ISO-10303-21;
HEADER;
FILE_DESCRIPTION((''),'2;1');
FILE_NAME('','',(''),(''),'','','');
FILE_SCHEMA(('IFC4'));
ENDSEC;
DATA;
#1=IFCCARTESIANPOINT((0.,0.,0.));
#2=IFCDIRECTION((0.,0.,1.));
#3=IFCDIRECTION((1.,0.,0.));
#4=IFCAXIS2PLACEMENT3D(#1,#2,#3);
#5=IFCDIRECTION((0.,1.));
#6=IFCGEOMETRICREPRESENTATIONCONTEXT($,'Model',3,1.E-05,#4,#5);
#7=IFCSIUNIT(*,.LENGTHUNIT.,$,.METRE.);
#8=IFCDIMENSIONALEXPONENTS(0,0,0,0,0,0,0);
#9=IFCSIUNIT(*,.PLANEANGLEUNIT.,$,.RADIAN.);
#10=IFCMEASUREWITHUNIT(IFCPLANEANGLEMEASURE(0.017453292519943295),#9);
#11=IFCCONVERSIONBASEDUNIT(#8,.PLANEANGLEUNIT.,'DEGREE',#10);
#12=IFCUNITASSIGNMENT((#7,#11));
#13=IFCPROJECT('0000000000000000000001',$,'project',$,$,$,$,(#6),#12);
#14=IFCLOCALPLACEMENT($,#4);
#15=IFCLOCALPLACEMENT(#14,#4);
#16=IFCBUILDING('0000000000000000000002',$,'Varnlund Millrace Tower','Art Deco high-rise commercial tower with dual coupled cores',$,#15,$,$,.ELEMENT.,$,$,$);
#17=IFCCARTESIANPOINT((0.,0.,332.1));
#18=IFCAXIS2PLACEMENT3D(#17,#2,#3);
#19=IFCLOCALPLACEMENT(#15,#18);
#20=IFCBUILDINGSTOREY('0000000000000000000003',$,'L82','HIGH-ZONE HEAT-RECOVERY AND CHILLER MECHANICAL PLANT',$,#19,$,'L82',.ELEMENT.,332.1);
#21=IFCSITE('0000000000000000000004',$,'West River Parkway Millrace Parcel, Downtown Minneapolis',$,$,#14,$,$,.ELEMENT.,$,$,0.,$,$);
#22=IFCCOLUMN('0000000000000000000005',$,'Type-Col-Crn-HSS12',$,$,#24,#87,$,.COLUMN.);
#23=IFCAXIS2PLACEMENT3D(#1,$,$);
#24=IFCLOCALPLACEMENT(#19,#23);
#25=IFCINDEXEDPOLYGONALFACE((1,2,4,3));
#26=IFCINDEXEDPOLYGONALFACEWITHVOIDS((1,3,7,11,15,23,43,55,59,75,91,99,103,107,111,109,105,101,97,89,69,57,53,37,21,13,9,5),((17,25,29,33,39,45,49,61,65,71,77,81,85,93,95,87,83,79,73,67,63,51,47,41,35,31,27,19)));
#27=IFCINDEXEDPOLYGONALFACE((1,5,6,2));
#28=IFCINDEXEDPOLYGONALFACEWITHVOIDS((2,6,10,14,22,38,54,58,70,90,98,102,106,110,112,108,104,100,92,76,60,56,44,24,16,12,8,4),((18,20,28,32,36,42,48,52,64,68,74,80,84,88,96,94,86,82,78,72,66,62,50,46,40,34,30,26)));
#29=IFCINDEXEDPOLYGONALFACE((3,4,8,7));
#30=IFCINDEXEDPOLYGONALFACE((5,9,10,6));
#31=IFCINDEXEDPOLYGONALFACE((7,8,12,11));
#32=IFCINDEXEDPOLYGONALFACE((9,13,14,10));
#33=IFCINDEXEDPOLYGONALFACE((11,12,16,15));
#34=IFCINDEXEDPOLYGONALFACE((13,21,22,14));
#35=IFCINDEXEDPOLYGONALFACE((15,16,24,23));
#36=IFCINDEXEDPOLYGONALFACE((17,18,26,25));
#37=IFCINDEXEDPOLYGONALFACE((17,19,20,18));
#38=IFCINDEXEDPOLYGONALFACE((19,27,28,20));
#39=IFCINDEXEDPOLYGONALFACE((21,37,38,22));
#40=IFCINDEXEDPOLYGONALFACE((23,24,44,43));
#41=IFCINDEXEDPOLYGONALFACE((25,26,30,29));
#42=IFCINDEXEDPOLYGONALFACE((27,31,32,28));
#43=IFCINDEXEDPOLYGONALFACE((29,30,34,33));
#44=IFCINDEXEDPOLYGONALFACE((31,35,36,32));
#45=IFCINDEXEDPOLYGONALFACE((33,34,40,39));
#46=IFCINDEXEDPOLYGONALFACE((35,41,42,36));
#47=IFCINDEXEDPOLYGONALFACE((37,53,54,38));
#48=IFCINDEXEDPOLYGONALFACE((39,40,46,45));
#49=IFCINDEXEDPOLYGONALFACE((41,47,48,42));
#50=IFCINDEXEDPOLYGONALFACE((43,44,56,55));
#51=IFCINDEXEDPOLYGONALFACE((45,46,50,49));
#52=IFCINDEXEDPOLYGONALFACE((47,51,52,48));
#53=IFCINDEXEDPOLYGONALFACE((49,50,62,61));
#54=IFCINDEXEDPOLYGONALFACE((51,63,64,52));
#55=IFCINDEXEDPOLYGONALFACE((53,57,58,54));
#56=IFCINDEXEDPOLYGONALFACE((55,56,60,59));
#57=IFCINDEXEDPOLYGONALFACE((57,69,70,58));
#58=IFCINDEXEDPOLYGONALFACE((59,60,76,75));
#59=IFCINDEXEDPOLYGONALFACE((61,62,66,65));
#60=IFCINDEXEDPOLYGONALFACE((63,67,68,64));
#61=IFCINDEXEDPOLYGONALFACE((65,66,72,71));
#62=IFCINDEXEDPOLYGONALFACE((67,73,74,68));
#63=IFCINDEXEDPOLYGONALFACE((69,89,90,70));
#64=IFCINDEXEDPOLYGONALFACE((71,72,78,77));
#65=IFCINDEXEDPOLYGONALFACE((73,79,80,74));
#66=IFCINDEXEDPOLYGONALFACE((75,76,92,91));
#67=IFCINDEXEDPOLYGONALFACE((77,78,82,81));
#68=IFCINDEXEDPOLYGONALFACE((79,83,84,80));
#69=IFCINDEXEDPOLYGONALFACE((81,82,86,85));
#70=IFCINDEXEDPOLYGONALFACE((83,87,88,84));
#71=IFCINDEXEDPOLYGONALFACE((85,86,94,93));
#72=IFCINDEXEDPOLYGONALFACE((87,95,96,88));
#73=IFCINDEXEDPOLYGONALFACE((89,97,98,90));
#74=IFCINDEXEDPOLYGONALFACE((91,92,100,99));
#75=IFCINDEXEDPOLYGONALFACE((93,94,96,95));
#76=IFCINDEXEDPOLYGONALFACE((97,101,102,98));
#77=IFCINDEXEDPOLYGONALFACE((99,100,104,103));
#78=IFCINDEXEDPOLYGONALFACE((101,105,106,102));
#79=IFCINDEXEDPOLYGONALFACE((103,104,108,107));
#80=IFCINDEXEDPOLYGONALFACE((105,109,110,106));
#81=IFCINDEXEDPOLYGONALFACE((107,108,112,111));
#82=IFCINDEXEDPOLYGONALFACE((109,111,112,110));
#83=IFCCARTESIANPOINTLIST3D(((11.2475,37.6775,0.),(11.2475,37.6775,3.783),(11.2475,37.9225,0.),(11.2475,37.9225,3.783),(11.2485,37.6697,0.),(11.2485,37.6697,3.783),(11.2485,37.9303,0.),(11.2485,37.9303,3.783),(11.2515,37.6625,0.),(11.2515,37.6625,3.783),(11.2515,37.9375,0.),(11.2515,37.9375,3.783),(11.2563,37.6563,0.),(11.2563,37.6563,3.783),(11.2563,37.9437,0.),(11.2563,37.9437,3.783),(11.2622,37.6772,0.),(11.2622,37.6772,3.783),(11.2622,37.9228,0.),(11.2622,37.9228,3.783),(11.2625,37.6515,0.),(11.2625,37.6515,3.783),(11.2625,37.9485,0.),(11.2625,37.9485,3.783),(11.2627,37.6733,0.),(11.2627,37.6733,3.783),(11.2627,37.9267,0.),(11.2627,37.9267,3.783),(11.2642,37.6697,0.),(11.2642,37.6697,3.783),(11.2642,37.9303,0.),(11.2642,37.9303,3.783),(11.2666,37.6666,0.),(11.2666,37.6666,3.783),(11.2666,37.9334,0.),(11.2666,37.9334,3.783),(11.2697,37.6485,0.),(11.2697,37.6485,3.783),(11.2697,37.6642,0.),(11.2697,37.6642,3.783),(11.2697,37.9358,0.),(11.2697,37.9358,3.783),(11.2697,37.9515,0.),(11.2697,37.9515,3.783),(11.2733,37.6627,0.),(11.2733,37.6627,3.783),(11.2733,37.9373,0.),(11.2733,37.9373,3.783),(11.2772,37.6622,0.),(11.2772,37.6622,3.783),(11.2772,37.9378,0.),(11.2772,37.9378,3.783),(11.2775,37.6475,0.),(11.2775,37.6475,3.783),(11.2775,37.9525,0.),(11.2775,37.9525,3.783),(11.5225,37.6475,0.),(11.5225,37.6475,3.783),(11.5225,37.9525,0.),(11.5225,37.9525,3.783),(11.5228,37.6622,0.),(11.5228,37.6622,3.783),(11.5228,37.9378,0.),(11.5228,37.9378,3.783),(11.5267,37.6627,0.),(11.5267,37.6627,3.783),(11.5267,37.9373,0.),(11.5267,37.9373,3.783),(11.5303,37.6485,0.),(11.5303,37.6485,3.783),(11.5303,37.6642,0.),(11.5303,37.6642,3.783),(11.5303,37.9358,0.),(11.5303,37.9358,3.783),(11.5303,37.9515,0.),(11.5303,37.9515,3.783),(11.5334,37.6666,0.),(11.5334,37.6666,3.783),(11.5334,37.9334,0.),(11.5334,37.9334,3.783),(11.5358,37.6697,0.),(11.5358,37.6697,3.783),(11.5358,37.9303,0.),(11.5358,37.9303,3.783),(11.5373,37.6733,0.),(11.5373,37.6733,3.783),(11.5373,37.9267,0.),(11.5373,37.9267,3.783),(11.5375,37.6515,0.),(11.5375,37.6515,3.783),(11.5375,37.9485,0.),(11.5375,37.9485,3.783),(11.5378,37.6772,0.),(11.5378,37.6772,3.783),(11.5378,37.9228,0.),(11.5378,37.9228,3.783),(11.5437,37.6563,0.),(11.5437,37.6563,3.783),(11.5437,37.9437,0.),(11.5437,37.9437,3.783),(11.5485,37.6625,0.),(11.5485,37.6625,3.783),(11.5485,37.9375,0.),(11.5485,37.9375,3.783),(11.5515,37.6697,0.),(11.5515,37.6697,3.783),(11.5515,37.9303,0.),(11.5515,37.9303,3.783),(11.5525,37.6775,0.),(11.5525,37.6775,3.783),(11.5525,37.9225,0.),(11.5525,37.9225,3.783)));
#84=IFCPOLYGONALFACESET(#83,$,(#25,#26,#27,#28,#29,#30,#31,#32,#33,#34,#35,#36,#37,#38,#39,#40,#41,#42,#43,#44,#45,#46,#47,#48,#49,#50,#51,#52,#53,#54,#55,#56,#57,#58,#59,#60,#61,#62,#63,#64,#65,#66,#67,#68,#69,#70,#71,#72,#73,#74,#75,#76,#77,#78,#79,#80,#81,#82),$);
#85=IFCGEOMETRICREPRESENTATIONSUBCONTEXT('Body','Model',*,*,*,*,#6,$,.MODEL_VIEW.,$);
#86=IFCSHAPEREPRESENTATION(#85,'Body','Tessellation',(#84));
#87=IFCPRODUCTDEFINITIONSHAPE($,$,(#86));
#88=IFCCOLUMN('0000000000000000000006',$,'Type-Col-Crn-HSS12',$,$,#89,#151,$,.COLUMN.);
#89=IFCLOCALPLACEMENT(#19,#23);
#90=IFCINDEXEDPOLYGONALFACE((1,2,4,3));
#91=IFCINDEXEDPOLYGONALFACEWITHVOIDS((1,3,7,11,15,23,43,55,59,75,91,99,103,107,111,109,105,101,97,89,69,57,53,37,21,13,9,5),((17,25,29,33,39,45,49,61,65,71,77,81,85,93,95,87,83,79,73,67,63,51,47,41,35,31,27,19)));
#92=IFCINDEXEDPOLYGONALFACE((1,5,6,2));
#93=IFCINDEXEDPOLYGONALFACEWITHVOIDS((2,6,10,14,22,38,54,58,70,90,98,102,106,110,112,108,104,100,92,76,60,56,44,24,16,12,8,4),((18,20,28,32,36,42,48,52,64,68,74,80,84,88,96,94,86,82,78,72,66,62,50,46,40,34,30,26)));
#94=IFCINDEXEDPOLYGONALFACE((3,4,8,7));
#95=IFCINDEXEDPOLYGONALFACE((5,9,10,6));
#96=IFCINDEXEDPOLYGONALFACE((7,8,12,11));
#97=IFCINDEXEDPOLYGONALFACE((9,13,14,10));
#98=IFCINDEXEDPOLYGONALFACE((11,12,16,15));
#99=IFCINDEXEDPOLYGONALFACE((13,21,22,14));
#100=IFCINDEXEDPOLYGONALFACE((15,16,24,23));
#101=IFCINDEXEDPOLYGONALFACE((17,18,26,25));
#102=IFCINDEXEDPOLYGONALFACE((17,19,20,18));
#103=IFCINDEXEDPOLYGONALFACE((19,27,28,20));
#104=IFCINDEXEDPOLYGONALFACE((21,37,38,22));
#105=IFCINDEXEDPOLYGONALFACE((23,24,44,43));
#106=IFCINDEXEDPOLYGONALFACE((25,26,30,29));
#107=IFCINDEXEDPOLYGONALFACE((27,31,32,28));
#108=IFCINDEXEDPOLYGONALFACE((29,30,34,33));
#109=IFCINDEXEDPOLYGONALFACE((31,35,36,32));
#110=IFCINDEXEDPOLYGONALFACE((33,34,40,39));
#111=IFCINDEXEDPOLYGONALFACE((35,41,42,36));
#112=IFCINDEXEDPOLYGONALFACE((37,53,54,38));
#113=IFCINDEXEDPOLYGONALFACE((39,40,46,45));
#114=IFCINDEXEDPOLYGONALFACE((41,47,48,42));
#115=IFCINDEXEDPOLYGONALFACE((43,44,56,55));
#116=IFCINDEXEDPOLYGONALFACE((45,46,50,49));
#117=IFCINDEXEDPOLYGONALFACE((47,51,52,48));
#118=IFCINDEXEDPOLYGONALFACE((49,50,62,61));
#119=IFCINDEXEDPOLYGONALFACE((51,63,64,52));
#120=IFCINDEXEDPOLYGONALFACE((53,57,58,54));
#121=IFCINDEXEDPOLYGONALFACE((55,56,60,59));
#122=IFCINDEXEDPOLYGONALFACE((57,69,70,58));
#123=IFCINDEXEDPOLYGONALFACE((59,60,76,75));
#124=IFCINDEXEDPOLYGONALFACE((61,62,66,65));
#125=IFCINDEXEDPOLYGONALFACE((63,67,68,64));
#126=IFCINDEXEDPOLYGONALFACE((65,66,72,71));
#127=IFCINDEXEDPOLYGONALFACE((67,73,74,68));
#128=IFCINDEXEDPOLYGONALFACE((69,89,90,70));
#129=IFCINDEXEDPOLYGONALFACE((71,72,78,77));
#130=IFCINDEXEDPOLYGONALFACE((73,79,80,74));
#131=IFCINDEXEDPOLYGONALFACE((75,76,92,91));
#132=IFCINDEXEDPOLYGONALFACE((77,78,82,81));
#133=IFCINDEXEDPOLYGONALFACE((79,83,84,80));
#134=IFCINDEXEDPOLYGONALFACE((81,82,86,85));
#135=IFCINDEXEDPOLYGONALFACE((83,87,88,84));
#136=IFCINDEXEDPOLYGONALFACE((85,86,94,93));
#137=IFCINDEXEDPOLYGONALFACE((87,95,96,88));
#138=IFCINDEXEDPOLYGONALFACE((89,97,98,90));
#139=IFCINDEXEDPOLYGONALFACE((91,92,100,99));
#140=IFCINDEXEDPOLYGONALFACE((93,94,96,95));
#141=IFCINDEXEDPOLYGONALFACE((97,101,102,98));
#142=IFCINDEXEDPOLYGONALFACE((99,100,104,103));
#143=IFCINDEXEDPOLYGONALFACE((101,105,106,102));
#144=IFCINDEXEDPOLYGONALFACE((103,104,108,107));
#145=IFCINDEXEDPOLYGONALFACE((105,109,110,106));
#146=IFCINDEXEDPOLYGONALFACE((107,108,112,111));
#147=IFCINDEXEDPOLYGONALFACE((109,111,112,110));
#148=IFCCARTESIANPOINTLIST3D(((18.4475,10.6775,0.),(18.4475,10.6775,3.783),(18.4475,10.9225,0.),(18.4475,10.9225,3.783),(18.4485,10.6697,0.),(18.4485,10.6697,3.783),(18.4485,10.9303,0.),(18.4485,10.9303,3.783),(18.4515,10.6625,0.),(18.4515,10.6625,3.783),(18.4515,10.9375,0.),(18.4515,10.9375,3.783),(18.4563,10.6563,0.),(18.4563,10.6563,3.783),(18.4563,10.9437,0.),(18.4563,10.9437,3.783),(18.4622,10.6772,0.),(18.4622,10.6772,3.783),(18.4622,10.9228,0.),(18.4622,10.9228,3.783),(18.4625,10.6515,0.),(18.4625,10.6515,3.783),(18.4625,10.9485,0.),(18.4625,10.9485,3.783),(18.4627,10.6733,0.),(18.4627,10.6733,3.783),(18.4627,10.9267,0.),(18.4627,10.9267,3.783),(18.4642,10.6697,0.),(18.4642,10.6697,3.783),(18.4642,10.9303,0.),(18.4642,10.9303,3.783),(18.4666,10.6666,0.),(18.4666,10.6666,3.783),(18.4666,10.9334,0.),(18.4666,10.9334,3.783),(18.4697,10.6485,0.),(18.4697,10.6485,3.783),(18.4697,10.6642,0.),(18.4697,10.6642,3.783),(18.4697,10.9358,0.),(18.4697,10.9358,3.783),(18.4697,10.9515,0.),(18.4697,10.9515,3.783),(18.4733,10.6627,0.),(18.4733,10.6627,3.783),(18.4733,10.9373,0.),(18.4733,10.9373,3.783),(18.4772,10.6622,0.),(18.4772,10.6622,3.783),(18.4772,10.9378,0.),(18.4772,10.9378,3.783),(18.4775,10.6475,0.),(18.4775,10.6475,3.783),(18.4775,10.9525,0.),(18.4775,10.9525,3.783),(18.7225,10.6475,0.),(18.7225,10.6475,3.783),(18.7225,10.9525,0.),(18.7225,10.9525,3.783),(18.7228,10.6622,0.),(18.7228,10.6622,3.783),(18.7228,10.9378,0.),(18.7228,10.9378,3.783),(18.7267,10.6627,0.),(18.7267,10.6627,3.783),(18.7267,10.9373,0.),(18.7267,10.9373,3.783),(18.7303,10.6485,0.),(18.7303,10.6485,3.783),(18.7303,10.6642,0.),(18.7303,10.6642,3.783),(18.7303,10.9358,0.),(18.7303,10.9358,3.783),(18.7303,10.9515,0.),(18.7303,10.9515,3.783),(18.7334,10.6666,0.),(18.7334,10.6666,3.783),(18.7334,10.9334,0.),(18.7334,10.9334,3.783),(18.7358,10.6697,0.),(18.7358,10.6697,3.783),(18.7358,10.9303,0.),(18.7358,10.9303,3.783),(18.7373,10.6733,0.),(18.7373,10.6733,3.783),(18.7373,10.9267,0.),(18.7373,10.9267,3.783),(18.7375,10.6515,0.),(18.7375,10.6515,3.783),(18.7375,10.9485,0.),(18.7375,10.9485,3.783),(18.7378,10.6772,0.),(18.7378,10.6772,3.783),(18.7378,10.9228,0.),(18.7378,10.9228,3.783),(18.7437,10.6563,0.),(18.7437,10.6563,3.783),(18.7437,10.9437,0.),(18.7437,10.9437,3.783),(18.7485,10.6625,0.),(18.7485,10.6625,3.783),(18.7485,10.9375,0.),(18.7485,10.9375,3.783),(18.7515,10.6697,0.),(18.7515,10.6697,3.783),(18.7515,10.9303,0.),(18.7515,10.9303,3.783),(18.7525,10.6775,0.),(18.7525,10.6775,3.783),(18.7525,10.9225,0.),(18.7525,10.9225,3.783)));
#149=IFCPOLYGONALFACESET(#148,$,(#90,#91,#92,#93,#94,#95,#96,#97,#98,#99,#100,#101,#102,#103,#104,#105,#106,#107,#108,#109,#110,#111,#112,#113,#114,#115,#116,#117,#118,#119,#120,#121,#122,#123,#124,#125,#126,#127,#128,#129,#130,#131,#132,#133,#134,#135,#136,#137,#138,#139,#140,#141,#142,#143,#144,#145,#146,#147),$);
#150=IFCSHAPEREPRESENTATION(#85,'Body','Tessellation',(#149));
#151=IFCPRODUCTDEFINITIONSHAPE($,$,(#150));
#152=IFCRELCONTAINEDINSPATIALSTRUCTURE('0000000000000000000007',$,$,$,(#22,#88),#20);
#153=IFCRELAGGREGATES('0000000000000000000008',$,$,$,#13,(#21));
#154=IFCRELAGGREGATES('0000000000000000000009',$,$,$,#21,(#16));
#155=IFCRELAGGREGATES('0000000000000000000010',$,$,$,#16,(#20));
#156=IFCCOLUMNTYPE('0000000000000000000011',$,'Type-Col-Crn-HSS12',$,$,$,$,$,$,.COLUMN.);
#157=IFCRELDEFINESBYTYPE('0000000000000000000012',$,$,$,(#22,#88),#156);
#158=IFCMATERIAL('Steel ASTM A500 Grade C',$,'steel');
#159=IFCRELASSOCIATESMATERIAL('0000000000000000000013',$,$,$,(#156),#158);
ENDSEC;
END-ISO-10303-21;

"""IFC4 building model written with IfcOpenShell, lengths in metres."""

from ifc_helpers import new_model, entity, si_unit, converted_unit, direction, frame, origin_with_axes, origin_2d_with_axis, place, context, subcontext, project, spatial, hollow_rectangle, extrude, material, material_profile, profile_set, type_object, element, save


model = new_model("IFC4")

# Units and contexts
model_context = context("Model", 3, precision=1e-05, world=origin_with_axes(), true_north=direction((0.0, 1.0)))
body_context = subcontext(model_context, "Body", "Model", "MODEL_VIEW")
ifc_project = project(units=[si_unit("LENGTHUNIT", "METRE"), converted_unit("PLANEANGLEUNIT", "DEGREE", entity("IfcPlaneAngleMeasure", 0.017453292519943295), si_unit("PLANEANGLEUNIT", "RADIAN"), dimensions=[0, 0, 0, 0, 0, 0, 0])], contexts=[model_context])

# Site, building, storey
site_placement = place(None, origin_with_axes())
site = spatial("IfcSite", under=ifc_project, at=site_placement, Name="West River Parkway Millrace Parcel, Downtown Minneapolis", CompositionType="ELEMENT", RefElevation=0.0)
building_placement = place(site_placement, origin_with_axes())
building = spatial("IfcBuilding", under=site, at=building_placement, Name="Varnlund Millrace Tower", Description="Art Deco high-rise commercial tower with dual coupled cores", CompositionType="ELEMENT")
storey_placement = place(building_placement, frame((0.0, 0.0, 332.1), z_axis=(0.0, 0.0, 1.0), x_axis=(1.0, 0.0, 0.0)))
storey = spatial("IfcBuildingStorey", under=building, at=storey_placement, Name="L82", Description="HIGH-ZONE HEAT-RECOVERY AND CHILLER MECHANICAL PLANT", LongName="L82", CompositionType="ELEMENT", Elevation=332.1)

# Columns
ifc_material_1 = material(Name="Steel ASTM A500 Grade C", Category="steel")
ifc_material_profile = material_profile(ifc_material_1, hollow_rectangle(XDim=0.305, YDim=0.305, WallThickness=0.0147, InnerFilletRadius=0.015, OuterFilletRadius=0.03, at=origin_2d_with_axis()), Name="Steel ASTM A500 Grade C")
ifc_profile_set = profile_set([ifc_material_profile], Name="Steel ASTM A500 Grade C")
column_type = type_object("IfcColumnType", Name="Type-Col-Crn-HSS12", PredefinedType="COLUMN", material=ifc_profile_set)
for number, where, z_axis, x_axis, name in (
    (1, (11.4, 37.8, 0.0), (0.0, 0.0, 1.0), (1.0, 0.0, 0.0), "Type-Col-Crn-HSS12"),
    (2, (18.6, 10.8, 0.0), (0.0, 0.0, 1.0), (1.0, 0.0, 0.0), "Type-Col-Crn-HSS12"),
):
    element("IfcColumn", number, at=place(storey_placement, frame(where, z_axis=z_axis, x_axis=x_axis)), inside=storey, type_object=column_type, Name=name, PredefinedType="COLUMN", context=body_context, shape_type="SweptSolid", body=[
        extrude(hollow_rectangle(XDim=0.305, YDim=0.305, WallThickness=0.0147, InnerFilletRadius=0.015, OuterFilletRadius=0.03, at=origin_2d_with_axis()), origin_with_axes(), (0.0, 0.0, 1.0), 3.783),
    ])

save(model, "model.ifc")
